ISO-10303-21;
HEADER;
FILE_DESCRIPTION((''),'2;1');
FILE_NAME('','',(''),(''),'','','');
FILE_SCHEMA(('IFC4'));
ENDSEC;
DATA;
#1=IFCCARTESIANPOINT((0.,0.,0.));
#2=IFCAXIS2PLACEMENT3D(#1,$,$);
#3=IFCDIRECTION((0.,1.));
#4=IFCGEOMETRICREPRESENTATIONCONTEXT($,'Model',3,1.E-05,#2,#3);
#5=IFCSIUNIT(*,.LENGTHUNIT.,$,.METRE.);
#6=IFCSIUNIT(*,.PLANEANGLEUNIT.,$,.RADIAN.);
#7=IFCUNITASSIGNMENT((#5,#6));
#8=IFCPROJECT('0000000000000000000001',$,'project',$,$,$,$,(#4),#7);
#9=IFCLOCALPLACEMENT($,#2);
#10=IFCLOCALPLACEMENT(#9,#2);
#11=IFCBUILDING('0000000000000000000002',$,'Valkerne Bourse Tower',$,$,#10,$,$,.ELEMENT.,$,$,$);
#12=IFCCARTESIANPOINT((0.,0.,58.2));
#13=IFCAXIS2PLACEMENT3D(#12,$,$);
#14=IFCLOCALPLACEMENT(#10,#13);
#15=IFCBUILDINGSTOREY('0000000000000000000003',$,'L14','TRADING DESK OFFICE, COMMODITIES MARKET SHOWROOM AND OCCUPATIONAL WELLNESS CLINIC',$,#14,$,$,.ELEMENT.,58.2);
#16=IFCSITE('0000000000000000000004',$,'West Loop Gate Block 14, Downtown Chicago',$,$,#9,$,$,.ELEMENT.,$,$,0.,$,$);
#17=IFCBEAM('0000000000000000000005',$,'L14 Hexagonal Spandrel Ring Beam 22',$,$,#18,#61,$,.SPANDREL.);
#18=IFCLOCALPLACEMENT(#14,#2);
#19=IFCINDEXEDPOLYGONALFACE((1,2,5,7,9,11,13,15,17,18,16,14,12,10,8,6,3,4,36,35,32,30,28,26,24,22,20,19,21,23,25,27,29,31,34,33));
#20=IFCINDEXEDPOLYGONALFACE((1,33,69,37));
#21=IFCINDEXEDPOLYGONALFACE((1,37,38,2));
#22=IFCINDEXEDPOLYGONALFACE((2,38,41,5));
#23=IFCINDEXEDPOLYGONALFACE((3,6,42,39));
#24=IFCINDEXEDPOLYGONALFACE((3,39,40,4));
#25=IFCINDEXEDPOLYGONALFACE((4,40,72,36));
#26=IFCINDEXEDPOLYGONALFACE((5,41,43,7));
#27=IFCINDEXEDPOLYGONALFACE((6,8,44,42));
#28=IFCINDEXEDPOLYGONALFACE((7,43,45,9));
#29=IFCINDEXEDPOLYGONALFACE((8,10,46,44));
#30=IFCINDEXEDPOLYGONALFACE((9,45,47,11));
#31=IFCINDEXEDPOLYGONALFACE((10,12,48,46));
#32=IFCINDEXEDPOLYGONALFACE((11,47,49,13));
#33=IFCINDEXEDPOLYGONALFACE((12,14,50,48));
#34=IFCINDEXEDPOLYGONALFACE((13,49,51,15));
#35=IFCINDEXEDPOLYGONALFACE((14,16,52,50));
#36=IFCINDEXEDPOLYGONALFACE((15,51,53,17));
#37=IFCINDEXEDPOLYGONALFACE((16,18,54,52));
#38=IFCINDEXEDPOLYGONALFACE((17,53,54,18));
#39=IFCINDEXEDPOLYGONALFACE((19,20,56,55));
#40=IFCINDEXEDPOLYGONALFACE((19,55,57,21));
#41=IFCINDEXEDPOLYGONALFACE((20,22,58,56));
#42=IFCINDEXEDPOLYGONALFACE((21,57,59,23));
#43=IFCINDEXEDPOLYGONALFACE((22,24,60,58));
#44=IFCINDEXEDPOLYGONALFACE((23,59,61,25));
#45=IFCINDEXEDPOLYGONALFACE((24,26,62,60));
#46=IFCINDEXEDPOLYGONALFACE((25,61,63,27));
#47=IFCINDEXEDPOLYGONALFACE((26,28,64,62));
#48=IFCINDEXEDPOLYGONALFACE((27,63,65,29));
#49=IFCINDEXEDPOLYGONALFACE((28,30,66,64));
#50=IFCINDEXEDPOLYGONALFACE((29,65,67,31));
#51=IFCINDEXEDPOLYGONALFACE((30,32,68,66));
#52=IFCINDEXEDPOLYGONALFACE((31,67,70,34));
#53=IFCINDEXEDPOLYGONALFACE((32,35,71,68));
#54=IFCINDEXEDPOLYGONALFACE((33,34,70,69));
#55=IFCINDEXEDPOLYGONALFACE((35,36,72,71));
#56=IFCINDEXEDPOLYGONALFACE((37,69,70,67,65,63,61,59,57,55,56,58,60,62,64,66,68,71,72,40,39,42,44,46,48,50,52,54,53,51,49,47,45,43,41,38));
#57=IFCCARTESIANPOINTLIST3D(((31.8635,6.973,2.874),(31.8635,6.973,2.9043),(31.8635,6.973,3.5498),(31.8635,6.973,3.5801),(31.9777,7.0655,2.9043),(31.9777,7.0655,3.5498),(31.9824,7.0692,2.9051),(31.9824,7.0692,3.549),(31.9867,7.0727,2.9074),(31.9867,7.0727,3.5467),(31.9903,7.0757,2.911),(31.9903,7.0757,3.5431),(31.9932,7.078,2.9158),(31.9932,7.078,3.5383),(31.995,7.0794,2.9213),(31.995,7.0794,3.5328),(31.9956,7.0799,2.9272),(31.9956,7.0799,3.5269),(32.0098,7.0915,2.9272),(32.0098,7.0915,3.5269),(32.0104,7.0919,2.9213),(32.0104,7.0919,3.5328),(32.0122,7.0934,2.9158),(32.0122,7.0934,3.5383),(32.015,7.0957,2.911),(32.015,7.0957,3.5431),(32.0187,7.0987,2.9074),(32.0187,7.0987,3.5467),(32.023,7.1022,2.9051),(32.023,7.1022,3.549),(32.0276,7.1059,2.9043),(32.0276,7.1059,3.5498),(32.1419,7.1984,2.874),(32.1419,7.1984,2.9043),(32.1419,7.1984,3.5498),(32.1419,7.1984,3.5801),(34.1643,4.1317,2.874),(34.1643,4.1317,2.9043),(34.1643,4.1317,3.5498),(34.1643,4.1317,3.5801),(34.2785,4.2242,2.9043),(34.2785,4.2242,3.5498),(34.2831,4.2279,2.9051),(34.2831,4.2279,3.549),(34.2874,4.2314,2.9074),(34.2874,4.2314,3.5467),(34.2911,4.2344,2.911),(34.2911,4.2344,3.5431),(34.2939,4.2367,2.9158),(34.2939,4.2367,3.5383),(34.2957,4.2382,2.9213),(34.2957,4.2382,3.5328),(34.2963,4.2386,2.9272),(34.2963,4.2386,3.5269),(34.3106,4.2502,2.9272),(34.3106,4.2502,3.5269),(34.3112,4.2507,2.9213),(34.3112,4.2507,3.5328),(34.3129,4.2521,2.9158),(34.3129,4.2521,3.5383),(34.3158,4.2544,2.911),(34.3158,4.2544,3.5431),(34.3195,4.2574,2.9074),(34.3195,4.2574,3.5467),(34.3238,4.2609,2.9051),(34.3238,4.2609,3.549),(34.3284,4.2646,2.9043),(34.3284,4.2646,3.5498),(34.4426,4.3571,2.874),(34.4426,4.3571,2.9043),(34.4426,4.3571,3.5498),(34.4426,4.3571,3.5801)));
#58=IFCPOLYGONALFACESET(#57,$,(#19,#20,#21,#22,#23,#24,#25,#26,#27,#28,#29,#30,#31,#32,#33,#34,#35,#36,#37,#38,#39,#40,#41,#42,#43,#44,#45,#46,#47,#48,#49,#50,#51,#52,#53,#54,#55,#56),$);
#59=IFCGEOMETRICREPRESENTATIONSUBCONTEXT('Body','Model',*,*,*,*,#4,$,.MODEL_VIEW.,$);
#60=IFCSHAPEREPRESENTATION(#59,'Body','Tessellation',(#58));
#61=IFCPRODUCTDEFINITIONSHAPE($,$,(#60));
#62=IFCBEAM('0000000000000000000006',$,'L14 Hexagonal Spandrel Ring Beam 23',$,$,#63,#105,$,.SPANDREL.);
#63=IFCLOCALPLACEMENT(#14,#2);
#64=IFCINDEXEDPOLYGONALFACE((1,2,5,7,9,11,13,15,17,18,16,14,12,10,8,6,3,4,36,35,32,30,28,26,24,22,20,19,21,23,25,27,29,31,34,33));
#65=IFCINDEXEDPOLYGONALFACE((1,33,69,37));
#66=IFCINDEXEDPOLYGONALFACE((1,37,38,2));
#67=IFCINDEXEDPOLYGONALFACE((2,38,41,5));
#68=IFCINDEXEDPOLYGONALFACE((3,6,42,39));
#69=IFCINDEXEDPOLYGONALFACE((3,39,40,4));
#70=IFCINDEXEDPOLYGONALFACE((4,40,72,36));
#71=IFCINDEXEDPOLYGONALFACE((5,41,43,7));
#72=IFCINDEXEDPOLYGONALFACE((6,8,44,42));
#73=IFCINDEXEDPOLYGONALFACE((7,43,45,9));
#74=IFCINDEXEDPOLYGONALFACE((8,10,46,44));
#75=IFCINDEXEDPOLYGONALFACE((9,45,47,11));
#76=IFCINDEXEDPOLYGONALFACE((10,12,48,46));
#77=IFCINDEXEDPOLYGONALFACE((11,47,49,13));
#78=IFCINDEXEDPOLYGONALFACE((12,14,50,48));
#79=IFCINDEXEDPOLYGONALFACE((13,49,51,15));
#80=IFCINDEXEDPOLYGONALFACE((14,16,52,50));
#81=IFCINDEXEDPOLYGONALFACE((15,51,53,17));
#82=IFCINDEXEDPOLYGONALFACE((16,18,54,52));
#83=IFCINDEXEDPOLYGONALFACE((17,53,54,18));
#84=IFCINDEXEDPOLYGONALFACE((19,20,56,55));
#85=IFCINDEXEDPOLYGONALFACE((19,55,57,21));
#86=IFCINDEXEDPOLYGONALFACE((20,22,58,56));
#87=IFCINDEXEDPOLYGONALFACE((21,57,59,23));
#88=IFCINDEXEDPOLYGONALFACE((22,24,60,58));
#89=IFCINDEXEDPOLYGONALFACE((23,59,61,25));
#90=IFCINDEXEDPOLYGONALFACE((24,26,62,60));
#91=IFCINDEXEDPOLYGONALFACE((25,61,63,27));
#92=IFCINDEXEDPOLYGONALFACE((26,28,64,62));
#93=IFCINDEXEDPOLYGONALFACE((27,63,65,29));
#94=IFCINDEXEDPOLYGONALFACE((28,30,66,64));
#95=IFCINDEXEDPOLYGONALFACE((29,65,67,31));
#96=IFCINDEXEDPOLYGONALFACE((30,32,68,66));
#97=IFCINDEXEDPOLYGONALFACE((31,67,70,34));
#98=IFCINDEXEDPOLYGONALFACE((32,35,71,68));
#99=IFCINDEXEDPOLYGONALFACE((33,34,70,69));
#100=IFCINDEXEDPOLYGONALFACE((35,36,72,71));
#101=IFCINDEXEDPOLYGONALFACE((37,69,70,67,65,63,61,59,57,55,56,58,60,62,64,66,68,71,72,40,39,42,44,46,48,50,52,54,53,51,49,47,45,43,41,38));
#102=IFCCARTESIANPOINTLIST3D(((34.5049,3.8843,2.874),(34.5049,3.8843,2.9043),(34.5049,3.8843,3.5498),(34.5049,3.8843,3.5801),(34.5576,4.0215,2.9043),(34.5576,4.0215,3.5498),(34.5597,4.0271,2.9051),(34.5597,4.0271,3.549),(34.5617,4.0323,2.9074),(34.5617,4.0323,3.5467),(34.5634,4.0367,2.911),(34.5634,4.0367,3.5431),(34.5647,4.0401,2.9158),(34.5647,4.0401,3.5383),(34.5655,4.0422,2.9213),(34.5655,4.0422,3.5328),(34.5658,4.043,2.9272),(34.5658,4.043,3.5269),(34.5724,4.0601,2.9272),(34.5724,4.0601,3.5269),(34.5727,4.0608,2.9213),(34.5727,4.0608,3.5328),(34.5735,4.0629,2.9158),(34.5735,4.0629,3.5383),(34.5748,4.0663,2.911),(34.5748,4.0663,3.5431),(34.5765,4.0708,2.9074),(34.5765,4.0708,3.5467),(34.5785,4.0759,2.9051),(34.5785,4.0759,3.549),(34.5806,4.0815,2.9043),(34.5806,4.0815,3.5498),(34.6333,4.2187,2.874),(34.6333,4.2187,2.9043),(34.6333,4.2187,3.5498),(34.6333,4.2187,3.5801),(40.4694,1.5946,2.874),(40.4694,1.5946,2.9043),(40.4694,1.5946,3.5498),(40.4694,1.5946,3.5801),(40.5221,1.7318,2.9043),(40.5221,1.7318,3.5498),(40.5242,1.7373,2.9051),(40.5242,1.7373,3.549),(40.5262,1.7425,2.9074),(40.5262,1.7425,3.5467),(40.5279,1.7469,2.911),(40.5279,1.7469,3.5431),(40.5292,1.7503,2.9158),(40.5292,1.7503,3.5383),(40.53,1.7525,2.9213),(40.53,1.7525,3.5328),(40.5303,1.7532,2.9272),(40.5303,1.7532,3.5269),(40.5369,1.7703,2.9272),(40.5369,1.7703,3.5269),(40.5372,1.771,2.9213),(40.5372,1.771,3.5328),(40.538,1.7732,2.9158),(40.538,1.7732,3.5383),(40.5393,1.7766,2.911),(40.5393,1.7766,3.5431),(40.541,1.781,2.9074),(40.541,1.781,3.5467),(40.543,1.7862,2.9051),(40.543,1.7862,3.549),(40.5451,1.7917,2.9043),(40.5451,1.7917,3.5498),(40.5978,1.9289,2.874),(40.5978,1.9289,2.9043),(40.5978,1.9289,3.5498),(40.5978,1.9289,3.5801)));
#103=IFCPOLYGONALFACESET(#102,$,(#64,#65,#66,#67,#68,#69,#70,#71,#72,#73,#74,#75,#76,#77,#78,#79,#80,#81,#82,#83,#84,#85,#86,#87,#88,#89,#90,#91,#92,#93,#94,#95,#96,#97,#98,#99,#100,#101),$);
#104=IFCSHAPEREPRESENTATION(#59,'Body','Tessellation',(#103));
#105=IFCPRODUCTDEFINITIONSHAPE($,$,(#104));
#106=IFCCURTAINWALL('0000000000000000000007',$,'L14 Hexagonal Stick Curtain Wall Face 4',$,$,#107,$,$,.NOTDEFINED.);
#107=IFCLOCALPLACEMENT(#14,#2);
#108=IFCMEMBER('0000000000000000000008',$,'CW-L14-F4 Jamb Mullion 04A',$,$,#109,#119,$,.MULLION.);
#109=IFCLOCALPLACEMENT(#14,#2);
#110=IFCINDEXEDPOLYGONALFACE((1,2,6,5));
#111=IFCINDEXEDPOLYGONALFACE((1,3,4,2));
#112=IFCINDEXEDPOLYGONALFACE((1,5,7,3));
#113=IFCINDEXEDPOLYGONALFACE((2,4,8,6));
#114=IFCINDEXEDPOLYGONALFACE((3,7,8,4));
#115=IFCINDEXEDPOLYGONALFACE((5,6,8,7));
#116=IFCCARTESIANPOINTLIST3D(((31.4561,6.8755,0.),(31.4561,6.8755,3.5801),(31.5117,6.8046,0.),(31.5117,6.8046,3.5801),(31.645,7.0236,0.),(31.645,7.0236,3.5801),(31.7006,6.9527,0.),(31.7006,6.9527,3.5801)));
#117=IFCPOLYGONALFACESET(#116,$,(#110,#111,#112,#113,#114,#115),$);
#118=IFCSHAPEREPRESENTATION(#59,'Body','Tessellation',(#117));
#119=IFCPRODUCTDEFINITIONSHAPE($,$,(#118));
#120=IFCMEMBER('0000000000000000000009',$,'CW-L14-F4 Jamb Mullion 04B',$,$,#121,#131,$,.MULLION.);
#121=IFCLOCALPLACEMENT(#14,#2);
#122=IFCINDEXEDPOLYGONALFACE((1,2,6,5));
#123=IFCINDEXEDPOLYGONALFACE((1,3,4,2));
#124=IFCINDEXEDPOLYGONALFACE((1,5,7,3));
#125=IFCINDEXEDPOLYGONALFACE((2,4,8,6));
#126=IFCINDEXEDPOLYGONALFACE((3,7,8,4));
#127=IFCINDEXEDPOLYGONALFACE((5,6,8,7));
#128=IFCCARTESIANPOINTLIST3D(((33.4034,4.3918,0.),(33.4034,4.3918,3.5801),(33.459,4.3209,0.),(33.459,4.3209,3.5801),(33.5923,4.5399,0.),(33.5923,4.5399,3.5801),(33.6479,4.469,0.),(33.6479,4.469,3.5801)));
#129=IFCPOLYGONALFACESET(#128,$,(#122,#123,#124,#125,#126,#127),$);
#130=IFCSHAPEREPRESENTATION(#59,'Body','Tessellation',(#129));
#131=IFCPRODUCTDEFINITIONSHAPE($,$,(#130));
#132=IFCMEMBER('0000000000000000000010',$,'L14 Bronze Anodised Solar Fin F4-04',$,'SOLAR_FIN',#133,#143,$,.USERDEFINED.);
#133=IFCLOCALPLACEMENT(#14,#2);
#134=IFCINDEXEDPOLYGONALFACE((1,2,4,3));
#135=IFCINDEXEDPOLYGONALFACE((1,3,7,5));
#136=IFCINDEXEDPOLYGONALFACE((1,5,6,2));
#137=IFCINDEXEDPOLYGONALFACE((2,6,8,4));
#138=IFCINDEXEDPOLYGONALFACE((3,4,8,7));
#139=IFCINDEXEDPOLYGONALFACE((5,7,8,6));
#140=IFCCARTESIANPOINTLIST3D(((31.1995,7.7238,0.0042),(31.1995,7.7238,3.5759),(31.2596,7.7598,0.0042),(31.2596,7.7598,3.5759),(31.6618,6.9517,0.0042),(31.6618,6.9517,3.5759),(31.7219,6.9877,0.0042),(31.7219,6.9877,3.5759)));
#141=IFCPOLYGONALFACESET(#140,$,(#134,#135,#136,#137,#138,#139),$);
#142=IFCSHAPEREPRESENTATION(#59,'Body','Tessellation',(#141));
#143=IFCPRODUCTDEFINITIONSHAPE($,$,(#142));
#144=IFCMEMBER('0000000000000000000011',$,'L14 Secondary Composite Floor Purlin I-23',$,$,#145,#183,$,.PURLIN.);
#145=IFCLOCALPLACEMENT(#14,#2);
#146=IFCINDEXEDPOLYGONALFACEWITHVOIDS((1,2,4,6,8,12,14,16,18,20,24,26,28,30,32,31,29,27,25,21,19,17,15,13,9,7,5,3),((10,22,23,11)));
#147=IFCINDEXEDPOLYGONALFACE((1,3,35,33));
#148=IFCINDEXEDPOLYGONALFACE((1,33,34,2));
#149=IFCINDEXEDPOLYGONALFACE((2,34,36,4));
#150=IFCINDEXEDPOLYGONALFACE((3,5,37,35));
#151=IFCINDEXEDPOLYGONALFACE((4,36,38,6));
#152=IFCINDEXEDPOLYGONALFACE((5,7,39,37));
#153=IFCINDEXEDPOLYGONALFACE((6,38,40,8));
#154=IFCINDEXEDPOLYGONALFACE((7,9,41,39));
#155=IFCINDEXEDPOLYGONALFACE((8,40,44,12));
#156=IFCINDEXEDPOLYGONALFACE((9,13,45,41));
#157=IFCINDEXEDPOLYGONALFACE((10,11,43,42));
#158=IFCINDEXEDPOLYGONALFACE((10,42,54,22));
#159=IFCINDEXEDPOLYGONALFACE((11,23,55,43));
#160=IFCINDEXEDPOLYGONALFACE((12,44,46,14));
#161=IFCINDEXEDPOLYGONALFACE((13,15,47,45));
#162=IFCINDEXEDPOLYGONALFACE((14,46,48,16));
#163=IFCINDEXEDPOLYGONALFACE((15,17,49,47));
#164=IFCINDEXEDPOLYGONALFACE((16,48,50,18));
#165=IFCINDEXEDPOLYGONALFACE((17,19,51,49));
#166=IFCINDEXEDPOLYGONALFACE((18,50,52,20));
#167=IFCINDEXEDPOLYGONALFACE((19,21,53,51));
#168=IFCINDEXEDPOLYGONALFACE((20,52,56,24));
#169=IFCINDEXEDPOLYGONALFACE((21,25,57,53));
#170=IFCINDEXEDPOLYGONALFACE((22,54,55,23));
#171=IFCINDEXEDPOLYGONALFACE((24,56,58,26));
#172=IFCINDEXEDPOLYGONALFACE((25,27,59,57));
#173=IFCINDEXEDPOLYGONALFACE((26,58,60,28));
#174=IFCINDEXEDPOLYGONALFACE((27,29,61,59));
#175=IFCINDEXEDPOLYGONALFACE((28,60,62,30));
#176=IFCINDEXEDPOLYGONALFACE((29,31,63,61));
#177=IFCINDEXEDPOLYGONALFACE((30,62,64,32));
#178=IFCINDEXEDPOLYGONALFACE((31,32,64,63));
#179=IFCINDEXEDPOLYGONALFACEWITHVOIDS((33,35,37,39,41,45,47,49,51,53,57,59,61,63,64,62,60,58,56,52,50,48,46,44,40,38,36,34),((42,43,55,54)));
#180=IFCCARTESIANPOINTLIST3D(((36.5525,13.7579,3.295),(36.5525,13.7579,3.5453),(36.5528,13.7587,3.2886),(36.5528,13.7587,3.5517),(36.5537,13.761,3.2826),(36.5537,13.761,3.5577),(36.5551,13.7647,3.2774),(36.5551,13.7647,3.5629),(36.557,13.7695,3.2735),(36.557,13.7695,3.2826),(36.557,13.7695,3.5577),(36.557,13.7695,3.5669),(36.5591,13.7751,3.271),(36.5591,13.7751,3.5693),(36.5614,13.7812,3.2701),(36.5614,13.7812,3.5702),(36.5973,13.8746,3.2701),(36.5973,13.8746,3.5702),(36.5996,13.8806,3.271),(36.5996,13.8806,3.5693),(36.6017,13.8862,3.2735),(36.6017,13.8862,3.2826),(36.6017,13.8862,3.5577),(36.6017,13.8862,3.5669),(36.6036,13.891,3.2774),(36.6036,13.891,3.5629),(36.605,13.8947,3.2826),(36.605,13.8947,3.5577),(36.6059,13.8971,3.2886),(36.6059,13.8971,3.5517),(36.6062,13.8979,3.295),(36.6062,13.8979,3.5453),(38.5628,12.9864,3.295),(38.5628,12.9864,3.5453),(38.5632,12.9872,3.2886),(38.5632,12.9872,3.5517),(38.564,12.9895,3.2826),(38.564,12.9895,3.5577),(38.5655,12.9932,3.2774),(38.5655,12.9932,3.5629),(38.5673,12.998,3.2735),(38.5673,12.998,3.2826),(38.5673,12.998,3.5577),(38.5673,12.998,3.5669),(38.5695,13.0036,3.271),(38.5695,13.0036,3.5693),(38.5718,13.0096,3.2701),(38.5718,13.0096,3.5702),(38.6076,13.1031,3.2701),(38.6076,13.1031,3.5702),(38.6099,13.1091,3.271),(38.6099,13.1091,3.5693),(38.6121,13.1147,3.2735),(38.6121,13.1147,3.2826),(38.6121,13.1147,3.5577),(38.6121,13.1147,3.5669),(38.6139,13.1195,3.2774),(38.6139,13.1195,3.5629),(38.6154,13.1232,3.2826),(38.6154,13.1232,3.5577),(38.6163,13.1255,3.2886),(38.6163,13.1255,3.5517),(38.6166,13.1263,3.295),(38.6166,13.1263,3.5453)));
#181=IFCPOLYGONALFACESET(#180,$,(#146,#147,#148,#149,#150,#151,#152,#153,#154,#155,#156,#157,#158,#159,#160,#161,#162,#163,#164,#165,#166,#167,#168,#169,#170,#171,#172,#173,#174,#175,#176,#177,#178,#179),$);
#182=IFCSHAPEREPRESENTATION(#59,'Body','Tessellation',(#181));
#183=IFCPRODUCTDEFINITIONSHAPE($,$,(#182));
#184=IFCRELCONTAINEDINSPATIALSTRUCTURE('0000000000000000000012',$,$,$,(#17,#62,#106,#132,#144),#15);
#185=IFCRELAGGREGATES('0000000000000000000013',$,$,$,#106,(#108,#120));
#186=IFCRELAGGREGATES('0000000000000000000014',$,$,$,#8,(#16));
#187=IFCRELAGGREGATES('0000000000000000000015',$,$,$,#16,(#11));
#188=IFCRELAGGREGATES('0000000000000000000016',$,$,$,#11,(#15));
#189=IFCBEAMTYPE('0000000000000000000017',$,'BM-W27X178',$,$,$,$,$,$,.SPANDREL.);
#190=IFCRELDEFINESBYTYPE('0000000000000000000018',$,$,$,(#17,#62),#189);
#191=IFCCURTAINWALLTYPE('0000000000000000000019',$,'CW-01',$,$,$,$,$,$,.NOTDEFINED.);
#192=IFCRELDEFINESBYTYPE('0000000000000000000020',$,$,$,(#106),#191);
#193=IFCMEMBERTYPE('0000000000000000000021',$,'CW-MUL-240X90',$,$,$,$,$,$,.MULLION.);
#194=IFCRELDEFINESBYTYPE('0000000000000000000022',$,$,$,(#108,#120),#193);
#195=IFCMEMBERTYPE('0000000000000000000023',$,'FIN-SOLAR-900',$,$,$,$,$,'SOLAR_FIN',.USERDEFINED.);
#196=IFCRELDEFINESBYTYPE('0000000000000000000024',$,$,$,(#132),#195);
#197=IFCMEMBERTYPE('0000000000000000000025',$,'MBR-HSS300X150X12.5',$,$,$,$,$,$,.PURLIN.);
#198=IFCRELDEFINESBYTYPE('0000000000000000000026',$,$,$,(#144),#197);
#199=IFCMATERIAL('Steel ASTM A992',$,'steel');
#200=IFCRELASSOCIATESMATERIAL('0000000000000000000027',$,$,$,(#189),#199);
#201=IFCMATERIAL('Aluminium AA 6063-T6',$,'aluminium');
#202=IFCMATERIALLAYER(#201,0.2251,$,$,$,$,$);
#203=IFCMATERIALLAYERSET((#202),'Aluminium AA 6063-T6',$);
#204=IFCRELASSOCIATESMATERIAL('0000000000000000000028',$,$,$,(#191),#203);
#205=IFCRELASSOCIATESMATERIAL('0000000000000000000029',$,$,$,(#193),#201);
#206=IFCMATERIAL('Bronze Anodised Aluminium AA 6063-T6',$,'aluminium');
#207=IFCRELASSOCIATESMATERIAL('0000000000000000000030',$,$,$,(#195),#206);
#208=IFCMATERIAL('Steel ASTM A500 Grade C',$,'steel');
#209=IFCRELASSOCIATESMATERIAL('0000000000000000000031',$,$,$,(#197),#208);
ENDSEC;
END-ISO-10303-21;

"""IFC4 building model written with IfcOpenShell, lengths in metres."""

from ifc_helpers import new_model, si_unit, direction, frame, origin, origin_2d, place, context, subcontext, project, spatial, rectangle, hollow_rectangle, i_section, extrude, material, layer, layer_set, material_profile, profile_set, type_object, element, aggregate, save


model = new_model("IFC4")

# Units and contexts
model_context = context("Model", 3, precision=1e-05, world=origin(), true_north=direction((0.0, 1.0)))
body_context = subcontext(model_context, "Body", "Model", "MODEL_VIEW")
ifc_project = project(units=[si_unit("LENGTHUNIT", "METRE"), si_unit("PLANEANGLEUNIT", "RADIAN")], contexts=[model_context])

# Site, building, storey
site_placement = place(None, origin())
site = spatial("IfcSite", under=ifc_project, at=site_placement, Name="West Loop Gate Block 14, Downtown Chicago", CompositionType="ELEMENT", RefElevation=0.0)
building_placement = place(site_placement, origin())
building = spatial("IfcBuilding", under=site, at=building_placement, Name="Valkerne Bourse Tower", CompositionType="ELEMENT")
storey_placement = place(building_placement, frame((0.0, 0.0, 58.2)))
storey = spatial("IfcBuildingStorey", under=building, at=storey_placement, Name="L14", Description="TRADING DESK OFFICE, COMMODITIES MARKET SHOWROOM AND OCCUPATIONAL WELLNESS CLINIC", CompositionType="ELEMENT", Elevation=58.2)

# Beams
ifc_material_1 = material(Name="Steel ASTM A992", Category="steel")
ifc_material_profile_1 = material_profile(ifc_material_1, i_section(OverallWidth=0.3582, OverallDepth=0.7061, WebThickness=0.0183, FlangeThickness=0.0303, FilletRadius=0.0229, at=origin_2d()), Name="W27X178")
ifc_profile_set_1 = profile_set([ifc_material_profile_1], Name="Steel ASTM A992")
beam_type_1 = type_object("IfcBeamType", Name="BM-W27X178", PredefinedType="SPANDREL", material=ifc_profile_set_1)
beam_1_placement = place(storey_placement, frame((32.0027, 7.0857, 3.2271), z_axis=(0.62931, -0.777155, 0.0), x_axis=(0.777155, 0.62931, 0.0)))
element("IfcBeam", 1, at=beam_1_placement, inside=storey, type_object=beam_type_1, Name="L14 Hexagonal Spandrel Ring Beam 22", PredefinedType="SPANDREL", context=body_context, shape_type="SweptSolid", body=[
    extrude(i_section(OverallWidth=0.3582, OverallDepth=0.7061, WebThickness=0.0183, FlangeThickness=0.0303, FilletRadius=0.0229, at=origin_2d()), origin(), (0.0, 0.0, 1.0), 3.656),
])
beam_2_placement = place(storey_placement, frame((34.5691, 4.0515, 3.2271), z_axis=(0.93357, -0.358395, 0.0), x_axis=(0.358395, 0.93357, 0.0)))
element("IfcBeam", 2, at=beam_2_placement, inside=storey, type_object=beam_type_1, Name="L14 Hexagonal Spandrel Ring Beam 23", PredefinedType="SPANDREL", context=body_context, shape_type="SweptSolid", body=[
    extrude(i_section(OverallWidth=0.3582, OverallDepth=0.7061, WebThickness=0.0183, FlangeThickness=0.0303, FilletRadius=0.0229, at=origin_2d()), origin(), (0.0, 0.0, 1.0), 6.3889),
])

# Curtain wall, members
ifc_material_2 = material(Name="Aluminium AA 6063-T6", Category="aluminium")
ifc_layer_1 = layer(ifc_material_2, 0.2251)
ifc_layer_set_1 = layer_set([ifc_layer_1], Name="Aluminium AA 6063-T6")
curtain_wall_type = type_object("IfcCurtainWallType", Name="CW-01", PredefinedType="NOTDEFINED", material=ifc_layer_set_1)
curtain_wall_placement = place(storey_placement, origin())
curtain_wall = element("IfcCurtainWall", 3, at=curtain_wall_placement, inside=storey, type_object=curtain_wall_type, Name="L14 Hexagonal Stick Curtain Wall Face 4", PredefinedType="NOTDEFINED")
ifc_material_profile_2 = material_profile(ifc_material_2, rectangle(XDim=0.0901, YDim=0.24, at=origin_2d()), Name="CWM-90X240")
ifc_profile_set_2 = profile_set([ifc_material_profile_2], Name="Aluminium AA 6063-T6")
member_type_1 = type_object("IfcMemberType", Name="CW-MUL-240X90", PredefinedType="MULLION", material=ifc_profile_set_2)
member_1_placement = place(storey_placement, frame((31.5784, 6.9141, 0.0), z_axis=(0.0, 0.0, 1.0), x_axis=(0.617039, -0.786933, 0.0)))
member_1 = element("IfcMember", 4, at=member_1_placement, type_object=member_type_1, Name="CW-L14-F4 Jamb Mullion 04A", PredefinedType="MULLION", context=body_context, shape_type="SweptSolid", body=[
    extrude(rectangle(XDim=0.0901, YDim=0.24, at=origin_2d()), origin(), (0.0, 0.0, 1.0), 3.5801),
])
member_2_placement = place(storey_placement, frame((33.5256, 4.4304, 0.0), z_axis=(0.0, 0.0, 1.0), x_axis=(0.617039, -0.786933, 0.0)))
member_2 = element("IfcMember", 5, at=member_2_placement, type_object=member_type_1, Name="CW-L14-F4 Jamb Mullion 04B", PredefinedType="MULLION", context=body_context, shape_type="SweptSolid", body=[
    extrude(rectangle(XDim=0.0901, YDim=0.24, at=origin_2d()), origin(), (0.0, 0.0, 1.0), 3.5801),
])

# Members
ifc_material_3 = material(Name="Bronze Anodised Aluminium AA 6063-T6", Category="aluminium")
ifc_material_profile_3 = material_profile(ifc_material_3, rectangle(XDim=0.0701, YDim=0.8999, at=origin_2d()), Name="FIN-70X900")
ifc_profile_set_3 = profile_set([ifc_material_profile_3], Name="Bronze Anodised Aluminium AA 6063-T6")
member_type_2 = type_object("IfcMemberType", Name="FIN-SOLAR-900", ElementType="SOLAR_FIN", PredefinedType="USERDEFINED", material=ifc_profile_set_3)
member_3_placement = place(storey_placement, frame((31.4607, 7.3557, 0.0042), z_axis=(0.0, 0.0, 1.0), x_axis=(-0.857969, -0.513701, 0.0)))
element("IfcMember", 6, at=member_3_placement, inside=storey, type_object=member_type_2, Name="L14 Bronze Anodised Solar Fin F4-04", ObjectType="SOLAR_FIN", PredefinedType="USERDEFINED", context=body_context, shape_type="SweptSolid", body=[
    extrude(rectangle(XDim=0.0701, YDim=0.8999, at=origin_2d()), origin(), (0.0, 0.0, 1.0), 3.5718),
])
ifc_material_4 = material(Name="Steel ASTM A500 Grade C", Category="steel")
ifc_material_profile_4 = material_profile(ifc_material_4, hollow_rectangle(XDim=0.1499, YDim=0.3, WallThickness=0.0125, OuterFilletRadius=0.0249, at=origin_2d()), Name="HSS300X150X12.5")
ifc_profile_set_4 = profile_set([ifc_material_profile_4], Name="Steel ASTM A500 Grade C")
member_type_3 = type_object("IfcMemberType", Name="MBR-HSS300X150X12.5", PredefinedType="PURLIN", material=ifc_profile_set_4)
member_4_placement = place(storey_placement, frame((36.5793, 13.8279, 3.4202), z_axis=(0.933608, -0.358295, 0.0), x_axis=(0.358295, 0.933608, 0.0)))
element("IfcMember", 7, at=member_4_placement, inside=storey, type_object=member_type_3, Name="L14 Secondary Composite Floor Purlin I-23", PredefinedType="PURLIN", context=body_context, shape_type="SweptSolid", body=[
    extrude(hollow_rectangle(XDim=0.1499, YDim=0.3, WallThickness=0.0125, OuterFilletRadius=0.0249, at=origin_2d()), origin(), (0.0, 0.0, 1.0), 2.1533),
])

aggregate(curtain_wall, [member_1, member_2])

save(model, "model.ifc")
